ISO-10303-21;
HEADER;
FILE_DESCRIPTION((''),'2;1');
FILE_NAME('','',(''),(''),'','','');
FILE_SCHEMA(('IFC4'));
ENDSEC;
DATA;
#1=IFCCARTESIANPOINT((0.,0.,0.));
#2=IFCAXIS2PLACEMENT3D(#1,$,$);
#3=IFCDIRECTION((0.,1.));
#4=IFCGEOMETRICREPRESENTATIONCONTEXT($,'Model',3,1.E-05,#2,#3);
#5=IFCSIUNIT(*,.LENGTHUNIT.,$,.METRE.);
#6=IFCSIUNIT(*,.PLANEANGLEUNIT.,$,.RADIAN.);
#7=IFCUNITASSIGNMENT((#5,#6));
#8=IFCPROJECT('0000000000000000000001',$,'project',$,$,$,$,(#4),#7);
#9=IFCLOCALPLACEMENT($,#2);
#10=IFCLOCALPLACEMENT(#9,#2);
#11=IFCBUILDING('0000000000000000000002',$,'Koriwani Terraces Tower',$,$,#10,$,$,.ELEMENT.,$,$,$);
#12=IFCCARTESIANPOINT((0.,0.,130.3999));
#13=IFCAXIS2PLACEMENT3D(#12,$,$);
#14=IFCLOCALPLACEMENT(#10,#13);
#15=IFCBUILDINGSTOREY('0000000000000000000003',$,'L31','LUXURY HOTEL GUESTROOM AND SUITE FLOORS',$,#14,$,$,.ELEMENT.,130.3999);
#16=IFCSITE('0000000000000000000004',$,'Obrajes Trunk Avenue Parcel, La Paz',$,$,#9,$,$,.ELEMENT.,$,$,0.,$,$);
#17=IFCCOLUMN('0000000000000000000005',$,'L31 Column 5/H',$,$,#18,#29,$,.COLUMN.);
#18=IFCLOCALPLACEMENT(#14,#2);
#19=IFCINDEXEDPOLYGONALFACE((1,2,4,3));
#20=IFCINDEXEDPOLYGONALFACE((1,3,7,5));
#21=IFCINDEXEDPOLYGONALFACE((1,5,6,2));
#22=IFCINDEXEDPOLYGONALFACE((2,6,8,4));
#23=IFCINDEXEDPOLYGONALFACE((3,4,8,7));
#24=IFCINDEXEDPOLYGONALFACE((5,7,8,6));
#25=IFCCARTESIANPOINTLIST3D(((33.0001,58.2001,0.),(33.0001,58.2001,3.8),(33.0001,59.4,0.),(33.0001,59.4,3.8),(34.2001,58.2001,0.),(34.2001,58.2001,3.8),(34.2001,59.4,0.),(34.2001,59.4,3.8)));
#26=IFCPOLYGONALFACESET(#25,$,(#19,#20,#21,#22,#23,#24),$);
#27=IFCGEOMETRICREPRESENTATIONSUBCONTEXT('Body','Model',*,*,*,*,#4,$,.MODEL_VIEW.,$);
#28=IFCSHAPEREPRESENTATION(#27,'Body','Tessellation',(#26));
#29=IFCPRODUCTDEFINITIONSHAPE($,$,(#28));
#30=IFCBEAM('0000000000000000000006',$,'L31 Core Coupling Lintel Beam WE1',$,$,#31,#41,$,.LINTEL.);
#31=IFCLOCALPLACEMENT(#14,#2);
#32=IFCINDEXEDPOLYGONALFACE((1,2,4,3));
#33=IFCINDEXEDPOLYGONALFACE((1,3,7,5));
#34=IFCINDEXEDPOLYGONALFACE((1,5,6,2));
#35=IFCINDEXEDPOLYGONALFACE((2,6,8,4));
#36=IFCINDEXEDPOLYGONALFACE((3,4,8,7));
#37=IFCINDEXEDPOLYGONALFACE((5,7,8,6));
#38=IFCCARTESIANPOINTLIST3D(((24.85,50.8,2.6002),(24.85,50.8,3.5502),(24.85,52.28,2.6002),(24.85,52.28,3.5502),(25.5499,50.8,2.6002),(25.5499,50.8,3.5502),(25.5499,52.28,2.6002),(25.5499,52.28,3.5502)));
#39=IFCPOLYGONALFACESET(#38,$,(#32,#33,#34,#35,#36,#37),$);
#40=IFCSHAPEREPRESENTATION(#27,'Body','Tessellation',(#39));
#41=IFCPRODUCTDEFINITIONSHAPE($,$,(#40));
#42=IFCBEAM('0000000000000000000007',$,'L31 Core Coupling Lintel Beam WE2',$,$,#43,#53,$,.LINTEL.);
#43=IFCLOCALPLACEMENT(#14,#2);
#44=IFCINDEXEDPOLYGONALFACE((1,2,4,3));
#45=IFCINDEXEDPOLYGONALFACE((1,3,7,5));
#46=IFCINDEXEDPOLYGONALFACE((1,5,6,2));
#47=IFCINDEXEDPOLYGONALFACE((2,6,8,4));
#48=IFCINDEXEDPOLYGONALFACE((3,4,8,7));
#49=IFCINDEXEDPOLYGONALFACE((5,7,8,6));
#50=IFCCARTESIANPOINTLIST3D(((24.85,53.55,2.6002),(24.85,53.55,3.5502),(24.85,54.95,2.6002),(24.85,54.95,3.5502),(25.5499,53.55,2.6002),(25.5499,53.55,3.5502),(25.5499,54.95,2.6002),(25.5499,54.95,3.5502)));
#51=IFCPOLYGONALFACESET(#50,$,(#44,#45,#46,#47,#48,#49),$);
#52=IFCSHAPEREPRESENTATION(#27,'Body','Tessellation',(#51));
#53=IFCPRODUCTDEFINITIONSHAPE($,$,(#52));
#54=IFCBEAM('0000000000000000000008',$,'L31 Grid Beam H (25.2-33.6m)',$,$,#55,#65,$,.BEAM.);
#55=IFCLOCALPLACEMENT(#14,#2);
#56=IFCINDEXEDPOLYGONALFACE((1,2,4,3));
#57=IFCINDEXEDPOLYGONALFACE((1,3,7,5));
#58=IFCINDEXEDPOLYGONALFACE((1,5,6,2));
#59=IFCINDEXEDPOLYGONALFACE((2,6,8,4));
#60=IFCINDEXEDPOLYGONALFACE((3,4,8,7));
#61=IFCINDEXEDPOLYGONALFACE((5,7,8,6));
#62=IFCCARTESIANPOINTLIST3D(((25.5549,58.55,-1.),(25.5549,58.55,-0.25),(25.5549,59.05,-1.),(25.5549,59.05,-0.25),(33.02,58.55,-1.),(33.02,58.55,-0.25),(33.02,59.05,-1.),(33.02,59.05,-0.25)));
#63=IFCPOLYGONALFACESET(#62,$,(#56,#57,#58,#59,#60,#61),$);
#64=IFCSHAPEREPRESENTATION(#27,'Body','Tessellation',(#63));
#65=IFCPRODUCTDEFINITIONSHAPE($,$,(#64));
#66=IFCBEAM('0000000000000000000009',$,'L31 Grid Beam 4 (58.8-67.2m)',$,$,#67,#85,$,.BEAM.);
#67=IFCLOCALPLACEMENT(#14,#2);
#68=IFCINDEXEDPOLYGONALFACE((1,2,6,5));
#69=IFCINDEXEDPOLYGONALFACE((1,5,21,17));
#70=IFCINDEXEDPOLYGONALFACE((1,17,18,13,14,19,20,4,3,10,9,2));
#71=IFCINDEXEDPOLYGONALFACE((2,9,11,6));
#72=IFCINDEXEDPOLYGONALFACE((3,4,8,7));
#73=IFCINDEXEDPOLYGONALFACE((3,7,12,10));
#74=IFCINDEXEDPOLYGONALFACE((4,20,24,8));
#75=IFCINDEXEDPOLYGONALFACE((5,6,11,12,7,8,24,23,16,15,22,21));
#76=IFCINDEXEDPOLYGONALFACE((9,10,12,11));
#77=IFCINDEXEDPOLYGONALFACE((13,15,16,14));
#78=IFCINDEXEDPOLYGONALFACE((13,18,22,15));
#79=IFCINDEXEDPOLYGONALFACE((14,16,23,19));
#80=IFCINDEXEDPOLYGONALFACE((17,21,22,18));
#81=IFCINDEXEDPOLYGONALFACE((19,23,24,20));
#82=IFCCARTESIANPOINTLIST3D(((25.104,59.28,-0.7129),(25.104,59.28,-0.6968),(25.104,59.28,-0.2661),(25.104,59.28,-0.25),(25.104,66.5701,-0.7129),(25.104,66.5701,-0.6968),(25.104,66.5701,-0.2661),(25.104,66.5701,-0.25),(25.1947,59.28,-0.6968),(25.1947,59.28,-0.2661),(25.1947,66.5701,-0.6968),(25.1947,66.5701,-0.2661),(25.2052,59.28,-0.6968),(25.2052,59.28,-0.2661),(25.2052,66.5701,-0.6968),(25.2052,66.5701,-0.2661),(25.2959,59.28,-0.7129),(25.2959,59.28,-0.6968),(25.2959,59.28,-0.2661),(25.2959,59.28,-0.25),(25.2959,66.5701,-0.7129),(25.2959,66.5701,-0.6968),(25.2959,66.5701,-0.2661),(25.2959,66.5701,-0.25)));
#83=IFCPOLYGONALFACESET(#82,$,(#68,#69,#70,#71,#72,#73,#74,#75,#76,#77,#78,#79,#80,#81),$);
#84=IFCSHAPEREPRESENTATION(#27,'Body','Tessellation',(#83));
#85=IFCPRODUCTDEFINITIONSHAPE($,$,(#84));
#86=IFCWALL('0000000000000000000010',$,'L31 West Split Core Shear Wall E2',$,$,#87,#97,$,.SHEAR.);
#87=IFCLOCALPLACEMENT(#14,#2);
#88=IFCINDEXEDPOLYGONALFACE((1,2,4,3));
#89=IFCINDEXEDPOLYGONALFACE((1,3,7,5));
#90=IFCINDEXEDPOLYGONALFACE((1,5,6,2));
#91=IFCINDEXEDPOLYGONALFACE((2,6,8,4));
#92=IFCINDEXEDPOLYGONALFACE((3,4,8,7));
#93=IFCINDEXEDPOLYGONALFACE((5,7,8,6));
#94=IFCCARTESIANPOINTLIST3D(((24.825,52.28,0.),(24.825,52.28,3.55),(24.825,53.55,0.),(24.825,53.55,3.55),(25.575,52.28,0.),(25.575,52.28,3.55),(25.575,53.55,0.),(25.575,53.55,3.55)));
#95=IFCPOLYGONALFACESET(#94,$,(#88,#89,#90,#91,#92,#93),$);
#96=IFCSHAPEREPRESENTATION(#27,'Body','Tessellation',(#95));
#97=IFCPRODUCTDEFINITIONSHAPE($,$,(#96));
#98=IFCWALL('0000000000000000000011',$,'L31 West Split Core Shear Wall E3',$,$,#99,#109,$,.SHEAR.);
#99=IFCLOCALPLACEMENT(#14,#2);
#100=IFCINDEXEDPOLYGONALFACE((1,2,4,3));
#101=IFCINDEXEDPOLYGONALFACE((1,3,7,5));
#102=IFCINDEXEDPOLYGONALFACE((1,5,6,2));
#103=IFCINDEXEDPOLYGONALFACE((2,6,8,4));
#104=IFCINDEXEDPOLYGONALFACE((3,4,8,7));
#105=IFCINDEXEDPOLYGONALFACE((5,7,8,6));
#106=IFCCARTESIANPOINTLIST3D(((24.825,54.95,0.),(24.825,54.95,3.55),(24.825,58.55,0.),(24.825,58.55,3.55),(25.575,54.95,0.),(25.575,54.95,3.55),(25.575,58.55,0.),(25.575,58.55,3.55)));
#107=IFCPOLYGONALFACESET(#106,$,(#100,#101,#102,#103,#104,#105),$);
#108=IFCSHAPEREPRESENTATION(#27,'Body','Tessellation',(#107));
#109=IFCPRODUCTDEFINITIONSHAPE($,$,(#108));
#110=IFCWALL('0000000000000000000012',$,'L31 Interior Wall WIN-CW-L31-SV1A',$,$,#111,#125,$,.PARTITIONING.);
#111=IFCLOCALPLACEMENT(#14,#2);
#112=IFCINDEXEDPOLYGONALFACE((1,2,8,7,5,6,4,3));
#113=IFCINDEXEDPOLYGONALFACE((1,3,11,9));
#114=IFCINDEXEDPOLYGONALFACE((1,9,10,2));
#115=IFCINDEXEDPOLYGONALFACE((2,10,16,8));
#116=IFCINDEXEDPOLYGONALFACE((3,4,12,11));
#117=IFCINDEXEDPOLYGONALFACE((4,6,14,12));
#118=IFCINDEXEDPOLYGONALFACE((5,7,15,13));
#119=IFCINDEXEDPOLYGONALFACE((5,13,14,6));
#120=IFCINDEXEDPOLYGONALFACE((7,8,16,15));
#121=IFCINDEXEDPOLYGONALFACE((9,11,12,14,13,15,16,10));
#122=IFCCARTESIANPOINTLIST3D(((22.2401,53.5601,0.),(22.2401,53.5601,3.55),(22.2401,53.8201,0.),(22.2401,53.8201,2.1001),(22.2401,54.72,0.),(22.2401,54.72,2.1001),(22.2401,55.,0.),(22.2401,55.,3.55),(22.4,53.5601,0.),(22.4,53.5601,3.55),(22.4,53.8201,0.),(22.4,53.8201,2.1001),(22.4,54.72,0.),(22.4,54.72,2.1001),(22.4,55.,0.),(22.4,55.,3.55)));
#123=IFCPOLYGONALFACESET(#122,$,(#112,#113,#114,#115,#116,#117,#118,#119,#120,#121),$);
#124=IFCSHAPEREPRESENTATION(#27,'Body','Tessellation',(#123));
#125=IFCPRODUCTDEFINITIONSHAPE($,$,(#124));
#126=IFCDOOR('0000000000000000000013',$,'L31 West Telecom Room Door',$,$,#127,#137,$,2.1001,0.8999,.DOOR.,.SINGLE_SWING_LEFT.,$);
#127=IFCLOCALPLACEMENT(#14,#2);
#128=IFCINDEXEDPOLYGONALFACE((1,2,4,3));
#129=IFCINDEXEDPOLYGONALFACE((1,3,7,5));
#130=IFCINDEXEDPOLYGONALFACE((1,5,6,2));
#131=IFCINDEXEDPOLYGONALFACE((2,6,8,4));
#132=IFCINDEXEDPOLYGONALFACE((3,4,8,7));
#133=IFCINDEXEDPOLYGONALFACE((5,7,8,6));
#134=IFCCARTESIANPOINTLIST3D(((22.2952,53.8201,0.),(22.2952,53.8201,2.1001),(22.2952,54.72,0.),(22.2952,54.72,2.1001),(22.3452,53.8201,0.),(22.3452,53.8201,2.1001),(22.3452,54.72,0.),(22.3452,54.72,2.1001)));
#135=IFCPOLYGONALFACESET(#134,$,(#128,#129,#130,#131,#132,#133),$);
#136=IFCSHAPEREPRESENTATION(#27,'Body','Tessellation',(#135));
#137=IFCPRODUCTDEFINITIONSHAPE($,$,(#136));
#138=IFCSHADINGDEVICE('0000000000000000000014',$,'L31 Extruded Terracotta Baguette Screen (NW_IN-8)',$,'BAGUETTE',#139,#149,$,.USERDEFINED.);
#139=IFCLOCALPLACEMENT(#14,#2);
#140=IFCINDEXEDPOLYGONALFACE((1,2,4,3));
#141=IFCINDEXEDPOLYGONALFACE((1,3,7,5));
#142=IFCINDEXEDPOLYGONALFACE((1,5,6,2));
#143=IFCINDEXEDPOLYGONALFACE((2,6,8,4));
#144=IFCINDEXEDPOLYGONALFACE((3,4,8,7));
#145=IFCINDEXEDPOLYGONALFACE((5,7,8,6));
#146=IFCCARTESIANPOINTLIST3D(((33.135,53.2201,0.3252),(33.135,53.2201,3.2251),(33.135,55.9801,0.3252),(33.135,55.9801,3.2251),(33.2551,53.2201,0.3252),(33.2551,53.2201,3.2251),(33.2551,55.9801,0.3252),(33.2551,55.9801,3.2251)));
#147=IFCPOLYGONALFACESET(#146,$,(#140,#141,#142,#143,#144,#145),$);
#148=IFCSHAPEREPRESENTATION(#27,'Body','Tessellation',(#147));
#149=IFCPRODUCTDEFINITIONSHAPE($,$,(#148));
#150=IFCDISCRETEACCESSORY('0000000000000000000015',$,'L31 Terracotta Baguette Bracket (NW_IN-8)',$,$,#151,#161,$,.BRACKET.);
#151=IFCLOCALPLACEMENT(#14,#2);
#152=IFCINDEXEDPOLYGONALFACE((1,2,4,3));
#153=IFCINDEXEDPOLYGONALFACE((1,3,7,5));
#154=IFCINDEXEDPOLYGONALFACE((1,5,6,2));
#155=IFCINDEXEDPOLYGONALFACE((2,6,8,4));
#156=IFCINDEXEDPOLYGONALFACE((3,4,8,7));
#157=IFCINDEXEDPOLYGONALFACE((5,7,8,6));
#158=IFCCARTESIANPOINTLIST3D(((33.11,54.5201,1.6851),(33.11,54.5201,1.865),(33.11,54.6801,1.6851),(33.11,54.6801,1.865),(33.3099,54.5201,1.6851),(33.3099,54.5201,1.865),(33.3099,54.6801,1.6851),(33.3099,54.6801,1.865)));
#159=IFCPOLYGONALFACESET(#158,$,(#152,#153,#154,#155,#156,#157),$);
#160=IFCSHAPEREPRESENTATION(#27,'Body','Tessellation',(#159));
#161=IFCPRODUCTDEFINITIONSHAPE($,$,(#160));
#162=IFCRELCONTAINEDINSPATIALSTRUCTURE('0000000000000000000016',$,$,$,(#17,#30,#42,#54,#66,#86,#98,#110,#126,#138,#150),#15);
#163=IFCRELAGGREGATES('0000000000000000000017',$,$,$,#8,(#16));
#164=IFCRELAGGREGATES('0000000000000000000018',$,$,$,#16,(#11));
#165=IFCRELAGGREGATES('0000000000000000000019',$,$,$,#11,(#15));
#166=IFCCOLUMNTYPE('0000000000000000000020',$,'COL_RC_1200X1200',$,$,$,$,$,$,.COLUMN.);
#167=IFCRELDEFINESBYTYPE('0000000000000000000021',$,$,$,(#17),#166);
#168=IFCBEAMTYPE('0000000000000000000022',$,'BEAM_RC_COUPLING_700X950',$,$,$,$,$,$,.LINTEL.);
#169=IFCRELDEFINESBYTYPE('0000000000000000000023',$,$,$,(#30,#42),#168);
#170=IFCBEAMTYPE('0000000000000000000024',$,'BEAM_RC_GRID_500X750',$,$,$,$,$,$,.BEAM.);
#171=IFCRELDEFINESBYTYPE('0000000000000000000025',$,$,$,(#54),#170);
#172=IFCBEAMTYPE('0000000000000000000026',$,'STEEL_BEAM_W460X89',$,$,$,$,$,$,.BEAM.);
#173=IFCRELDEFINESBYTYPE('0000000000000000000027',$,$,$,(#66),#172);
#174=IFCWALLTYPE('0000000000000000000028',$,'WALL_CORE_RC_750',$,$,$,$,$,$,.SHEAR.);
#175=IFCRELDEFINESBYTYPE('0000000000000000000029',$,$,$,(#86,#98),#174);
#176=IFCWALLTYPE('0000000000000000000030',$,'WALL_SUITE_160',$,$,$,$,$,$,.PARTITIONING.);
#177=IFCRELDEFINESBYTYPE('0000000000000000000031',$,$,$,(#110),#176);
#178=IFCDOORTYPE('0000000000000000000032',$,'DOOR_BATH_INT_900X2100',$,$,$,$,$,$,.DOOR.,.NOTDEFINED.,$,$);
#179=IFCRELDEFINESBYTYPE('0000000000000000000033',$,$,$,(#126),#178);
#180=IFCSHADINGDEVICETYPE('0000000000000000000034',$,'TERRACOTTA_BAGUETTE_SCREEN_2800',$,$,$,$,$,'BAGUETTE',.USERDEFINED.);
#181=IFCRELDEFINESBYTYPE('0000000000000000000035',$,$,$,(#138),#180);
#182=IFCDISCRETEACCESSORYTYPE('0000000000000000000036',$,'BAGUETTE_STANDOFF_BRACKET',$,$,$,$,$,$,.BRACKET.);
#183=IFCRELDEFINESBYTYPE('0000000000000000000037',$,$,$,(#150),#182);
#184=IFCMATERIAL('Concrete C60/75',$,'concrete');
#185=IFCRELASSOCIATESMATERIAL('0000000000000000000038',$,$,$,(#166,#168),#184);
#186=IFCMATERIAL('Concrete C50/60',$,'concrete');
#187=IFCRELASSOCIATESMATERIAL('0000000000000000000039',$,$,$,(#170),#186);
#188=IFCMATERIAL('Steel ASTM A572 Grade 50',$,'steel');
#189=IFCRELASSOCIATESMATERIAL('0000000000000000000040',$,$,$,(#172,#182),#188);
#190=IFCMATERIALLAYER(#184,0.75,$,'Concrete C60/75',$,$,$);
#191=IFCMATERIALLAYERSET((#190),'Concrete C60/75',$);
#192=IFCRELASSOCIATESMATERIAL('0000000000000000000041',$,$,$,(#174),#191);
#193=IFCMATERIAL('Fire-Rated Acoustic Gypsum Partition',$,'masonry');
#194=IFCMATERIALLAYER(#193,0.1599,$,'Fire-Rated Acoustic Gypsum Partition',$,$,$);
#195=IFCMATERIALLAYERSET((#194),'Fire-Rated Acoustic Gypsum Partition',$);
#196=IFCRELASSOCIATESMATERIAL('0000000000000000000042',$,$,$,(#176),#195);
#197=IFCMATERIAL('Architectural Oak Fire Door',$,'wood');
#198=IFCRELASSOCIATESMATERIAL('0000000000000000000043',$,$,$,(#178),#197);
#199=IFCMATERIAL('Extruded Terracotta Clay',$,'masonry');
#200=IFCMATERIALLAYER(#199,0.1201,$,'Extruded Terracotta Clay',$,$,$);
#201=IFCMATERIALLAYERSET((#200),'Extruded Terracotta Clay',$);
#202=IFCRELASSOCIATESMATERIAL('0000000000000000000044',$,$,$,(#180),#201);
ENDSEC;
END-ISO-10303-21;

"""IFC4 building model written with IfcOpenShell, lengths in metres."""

from ifc_helpers import new_model, si_unit, direction, frame, frame_2d, origin, origin_2d, place, context, subcontext, project, spatial, rectangle, i_section, extrude, material, layer, layer_set, material_profile, profile_set, type_object, element, fill, save


model = new_model("IFC4")

# Units and contexts
model_context = context("Model", 3, precision=1e-05, world=origin(), true_north=direction((0.0, 1.0)))
body_context = subcontext(model_context, "Body", "Model", "MODEL_VIEW")
ifc_project = project(units=[si_unit("LENGTHUNIT", "METRE"), si_unit("PLANEANGLEUNIT", "RADIAN")], contexts=[model_context])

# Site, building, storey
site_placement = place(None, origin())
site = spatial("IfcSite", under=ifc_project, at=site_placement, Name="Obrajes Trunk Avenue Parcel, La Paz", CompositionType="ELEMENT", RefElevation=0.0)
building_placement = place(site_placement, origin())
building = spatial("IfcBuilding", under=site, at=building_placement, Name="Koriwani Terraces Tower", CompositionType="ELEMENT")
storey_placement = place(building_placement, frame((0.0, 0.0, 130.3999)))
storey = spatial("IfcBuildingStorey", under=building, at=storey_placement, Name="L31", Description="LUXURY HOTEL GUESTROOM AND SUITE FLOORS", CompositionType="ELEMENT", Elevation=130.3999)

# Column
ifc_material_1 = material(Name="Concrete C60/75", Category="concrete")
ifc_material_profile_1 = material_profile(ifc_material_1, rectangle(XDim=1.2, YDim=1.2, at=origin_2d()), Name="Concrete C60/75", Category="LoadBearing")
ifc_profile_set_1 = profile_set([ifc_material_profile_1], Name="Concrete C60/75")
column_type = type_object("IfcColumnType", Name="COL_RC_1200X1200", PredefinedType="COLUMN", material=ifc_profile_set_1)
column_placement = place(storey_placement, frame((33.6001, 58.8, 0.0), z_axis=(0.0, 0.0, 1.0), x_axis=(1.0, 0.0, 0.0)))
element("IfcColumn", 1, at=column_placement, inside=storey, type_object=column_type, Name="L31 Column 5/H", PredefinedType="COLUMN", context=body_context, shape_type="SweptSolid", body=[
    extrude(rectangle(XDim=1.2, YDim=1.2, at=origin_2d()), origin(), (0.0, 0.0, 1.0), 3.8),
])

# Beams
ifc_material_profile_2 = material_profile(ifc_material_1, rectangle(XDim=0.7, YDim=0.95, at=origin_2d()), Name="Concrete C60/75", Category="LoadBearing")
ifc_profile_set_2 = profile_set([ifc_material_profile_2], Name="Concrete C60/75")
beam_type_1 = type_object("IfcBeamType", Name="BEAM_RC_COUPLING_700X950", PredefinedType="LINTEL", material=ifc_profile_set_2)
beam_1_placement = place(storey_placement, frame((25.2, 50.8, 3.0752), z_axis=(0.0, 1.0, 0.0), x_axis=(-1.0, 0.0, 0.0)))
element("IfcBeam", 2, at=beam_1_placement, inside=storey, type_object=beam_type_1, Name="L31 Core Coupling Lintel Beam WE1", PredefinedType="LINTEL", context=body_context, shape_type="SweptSolid", body=[
    extrude(rectangle(XDim=0.7, YDim=0.95, at=origin_2d()), origin(), (0.0, 0.0, 1.0), 1.48),
])
beam_2_placement = place(storey_placement, frame((25.2, 53.55, 3.0752), z_axis=(0.0, 1.0, 0.0), x_axis=(-1.0, 0.0, 0.0)))
element("IfcBeam", 3, at=beam_2_placement, inside=storey, type_object=beam_type_1, Name="L31 Core Coupling Lintel Beam WE2", PredefinedType="LINTEL", context=body_context, shape_type="SweptSolid", body=[
    extrude(rectangle(XDim=0.7, YDim=0.95, at=origin_2d()), origin(), (0.0, 0.0, 1.0), 1.3999),
])
ifc_material_2 = material(Name="Concrete C50/60", Category="concrete")
ifc_material_profile_3 = material_profile(ifc_material_2, rectangle(XDim=0.5, YDim=0.75, at=origin_2d()), Name="Concrete C50/60", Category="LoadBearing")
ifc_profile_set_3 = profile_set([ifc_material_profile_3], Name="Concrete C50/60")
beam_type_2 = type_object("IfcBeamType", Name="BEAM_RC_GRID_500X750", PredefinedType="BEAM", material=ifc_profile_set_3)
beam_3_placement = place(storey_placement, frame((25.5549, 58.8, -0.625), z_axis=(1.0, 0.0, 0.0), x_axis=(0.0, 1.0, 0.0)))
element("IfcBeam", 4, at=beam_3_placement, inside=storey, type_object=beam_type_2, Name="L31 Grid Beam H (25.2-33.6m)", PredefinedType="BEAM", context=body_context, shape_type="SweptSolid", body=[
    extrude(rectangle(XDim=0.5, YDim=0.75, at=origin_2d()), origin(), (0.0, 0.0, 1.0), 7.4651),
])
ifc_material_3 = material(Name="Steel ASTM A572 Grade 50", Category="steel")
ifc_material_profile_4 = material_profile(ifc_material_3, i_section(OverallWidth=0.1919, OverallDepth=0.4629, WebThickness=0.0105, FlangeThickness=0.0161, at=origin_2d()), Name="Steel ASTM A572 Grade 50", Category="LoadBearing")
ifc_profile_set_4 = profile_set([ifc_material_profile_4], Name="Steel ASTM A572 Grade 50")
beam_type_3 = type_object("IfcBeamType", Name="STEEL_BEAM_W460X89", PredefinedType="BEAM", material=ifc_profile_set_4)
beam_4_placement = place(storey_placement, frame((25.2, 59.28, -0.4814), z_axis=(0.0, 1.0, 0.0), x_axis=(-1.0, 0.0, 0.0)))
element("IfcBeam", 5, at=beam_4_placement, inside=storey, type_object=beam_type_3, Name="L31 Grid Beam 4 (58.8-67.2m)", PredefinedType="BEAM", context=body_context, shape_type="SweptSolid", body=[
    extrude(i_section(OverallWidth=0.1919, OverallDepth=0.4629, WebThickness=0.0105, FlangeThickness=0.0161, at=origin_2d()), origin(), (0.0, 0.0, 1.0), 7.29),
])

# Walls
ifc_layer_1 = layer(ifc_material_1, 0.75, Name="Concrete C60/75")
ifc_layer_set_1 = layer_set([ifc_layer_1], Name="Concrete C60/75")
wall_type_1 = type_object("IfcWallType", Name="WALL_CORE_RC_750", PredefinedType="SHEAR", material=ifc_layer_set_1)
wall_1_placement = place(storey_placement, frame((25.2, 52.28, 0.0), z_axis=(0.0, 0.0, 1.0), x_axis=(0.0, 1.0, 0.0)))
element("IfcWall", 6, at=wall_1_placement, inside=storey, type_object=wall_type_1, Name="L31 West Split Core Shear Wall E2", PredefinedType="SHEAR", context=body_context, shape_type="SweptSolid", body=[
    extrude(rectangle(XDim=1.27, YDim=0.75, at=frame_2d((0.635, 0.0))), origin(), (0.0, 0.0, 1.0), 3.55),
])
wall_2_placement = place(storey_placement, frame((25.2, 54.95, 0.0), z_axis=(0.0, 0.0, 1.0), x_axis=(0.0, 1.0, 0.0)))
element("IfcWall", 7, at=wall_2_placement, inside=storey, type_object=wall_type_1, Name="L31 West Split Core Shear Wall E3", PredefinedType="SHEAR", context=body_context, shape_type="SweptSolid", body=[
    extrude(rectangle(XDim=3.6001, YDim=0.75, at=frame_2d((1.8, 0.0))), origin(), (0.0, 0.0, 1.0), 3.55),
])

# Shared definitions
ifc_material_4 = material(Name="Architectural Oak Fire Door", Category="wood")

# Wall, opening, door
ifc_material_5 = material(Name="Fire-Rated Acoustic Gypsum Partition", Category="masonry")
ifc_layer_2 = layer(ifc_material_5, 0.1599, Name="Fire-Rated Acoustic Gypsum Partition")
ifc_layer_set_2 = layer_set([ifc_layer_2], Name="Fire-Rated Acoustic Gypsum Partition")
wall_type_2 = type_object("IfcWallType", Name="WALL_SUITE_160", PredefinedType="PARTITIONING", material=ifc_layer_set_2)
wall_3_placement = place(storey_placement, frame((22.3201, 53.5601, 0.0), z_axis=(0.0, 0.0, 1.0), x_axis=(0.0, 1.0, 0.0)))
wall_3 = element("IfcWall", 8, at=wall_3_placement, inside=storey, type_object=wall_type_2, Name="L31 Interior Wall WIN-CW-L31-SV1A", PredefinedType="PARTITIONING", context=body_context, shape_type="SweptSolid", body=[
    extrude(rectangle(XDim=1.4399, YDim=0.1599, at=frame_2d((0.72, 0.0))), origin(), (0.0, 0.0, 1.0), 3.55),
])
opening_1_placement = place(wall_3_placement, frame((0.26, 0.0, 0.0)))
opening_1 = element("IfcOpeningElement", 9, at=opening_1_placement, cuts=wall_3, PredefinedType="OPENING", context=body_context, shape_type="SweptSolid", body=[
    extrude(rectangle(XDim=0.8999, YDim=2.1001, at=frame_2d((0.45, 1.05))), frame((0.0, 0.0898, 0.0), z_axis=(0.0, -1.0, 0.0), x_axis=(1.0, 0.0, 0.0)), (0.0, 0.0, 1.0), 0.1799),
])
door_type_1 = type_object("IfcDoorType", Name="DOOR_BATH_INT_900X2100", OperationType="NOTDEFINED", PredefinedType="DOOR", material=ifc_material_4)
door_1_placement = place(opening_1_placement, origin())
door_1 = element("IfcDoor", 10, at=door_1_placement, inside=storey, type_object=door_type_1, Name="L31 West Telecom Room Door", OperationType="SINGLE_SWING_LEFT", OverallHeight=2.1001, OverallWidth=0.8999, PredefinedType="DOOR", context=body_context, shape_type="SweptSolid", body=[
    extrude(rectangle(XDim=0.8999, YDim=2.1001, at=frame_2d((0.45, 1.05))), frame((0.0, 0.0249, 0.0), z_axis=(0.0, -1.0, 0.0), x_axis=(1.0, 0.0, 0.0)), (0.0, 0.0, 1.0), 0.05),
])
fill(opening_1, door_1)

# Shading device
ifc_material_6 = material(Name="Extruded Terracotta Clay", Category="masonry")
ifc_layer_3 = layer(ifc_material_6, 0.1201, Name="Extruded Terracotta Clay")
ifc_layer_set_3 = layer_set([ifc_layer_3], Name="Extruded Terracotta Clay")
shading_device_type = type_object("IfcShadingDeviceType", Name="TERRACOTTA_BAGUETTE_SCREEN_2800", ElementType="BAGUETTE", PredefinedType="USERDEFINED", material=ifc_layer_set_3)
shading_device_placement = place(storey_placement, frame((33.1951, 54.6001, 0.3252), z_axis=(0.0, 0.0, 1.0), x_axis=(0.0, -1.0, 0.0)))
element("IfcShadingDevice", 11, at=shading_device_placement, inside=storey, type_object=shading_device_type, Name="L31 Extruded Terracotta Baguette Screen (NW_IN-8)", ObjectType="BAGUETTE", PredefinedType="USERDEFINED", context=body_context, shape_type="SweptSolid", body=[
    extrude(rectangle(XDim=2.76, YDim=0.1201, at=origin_2d()), origin(), (0.0, 0.0, 1.0), 2.8999),
])

# Discrete accessory
discrete_accessory_type = type_object("IfcDiscreteAccessoryType", Name="BAGUETTE_STANDOFF_BRACKET", PredefinedType="BRACKET", material=ifc_material_3)
discrete_accessory_placement = place(storey_placement, frame((33.21, 54.6001, 1.6851), z_axis=(0.0, 0.0, 1.0), x_axis=(0.0, -1.0, 0.0)))
element("IfcDiscreteAccessory", 12, at=discrete_accessory_placement, inside=storey, type_object=discrete_accessory_type, Name="L31 Terracotta Baguette Bracket (NW_IN-8)", PredefinedType="BRACKET", context=body_context, shape_type="SweptSolid", body=[
    extrude(rectangle(XDim=0.1599, YDim=0.2, at=origin_2d()), origin(), (0.0, 0.0, 1.0), 0.1799),
])

save(model, "model.ifc")
